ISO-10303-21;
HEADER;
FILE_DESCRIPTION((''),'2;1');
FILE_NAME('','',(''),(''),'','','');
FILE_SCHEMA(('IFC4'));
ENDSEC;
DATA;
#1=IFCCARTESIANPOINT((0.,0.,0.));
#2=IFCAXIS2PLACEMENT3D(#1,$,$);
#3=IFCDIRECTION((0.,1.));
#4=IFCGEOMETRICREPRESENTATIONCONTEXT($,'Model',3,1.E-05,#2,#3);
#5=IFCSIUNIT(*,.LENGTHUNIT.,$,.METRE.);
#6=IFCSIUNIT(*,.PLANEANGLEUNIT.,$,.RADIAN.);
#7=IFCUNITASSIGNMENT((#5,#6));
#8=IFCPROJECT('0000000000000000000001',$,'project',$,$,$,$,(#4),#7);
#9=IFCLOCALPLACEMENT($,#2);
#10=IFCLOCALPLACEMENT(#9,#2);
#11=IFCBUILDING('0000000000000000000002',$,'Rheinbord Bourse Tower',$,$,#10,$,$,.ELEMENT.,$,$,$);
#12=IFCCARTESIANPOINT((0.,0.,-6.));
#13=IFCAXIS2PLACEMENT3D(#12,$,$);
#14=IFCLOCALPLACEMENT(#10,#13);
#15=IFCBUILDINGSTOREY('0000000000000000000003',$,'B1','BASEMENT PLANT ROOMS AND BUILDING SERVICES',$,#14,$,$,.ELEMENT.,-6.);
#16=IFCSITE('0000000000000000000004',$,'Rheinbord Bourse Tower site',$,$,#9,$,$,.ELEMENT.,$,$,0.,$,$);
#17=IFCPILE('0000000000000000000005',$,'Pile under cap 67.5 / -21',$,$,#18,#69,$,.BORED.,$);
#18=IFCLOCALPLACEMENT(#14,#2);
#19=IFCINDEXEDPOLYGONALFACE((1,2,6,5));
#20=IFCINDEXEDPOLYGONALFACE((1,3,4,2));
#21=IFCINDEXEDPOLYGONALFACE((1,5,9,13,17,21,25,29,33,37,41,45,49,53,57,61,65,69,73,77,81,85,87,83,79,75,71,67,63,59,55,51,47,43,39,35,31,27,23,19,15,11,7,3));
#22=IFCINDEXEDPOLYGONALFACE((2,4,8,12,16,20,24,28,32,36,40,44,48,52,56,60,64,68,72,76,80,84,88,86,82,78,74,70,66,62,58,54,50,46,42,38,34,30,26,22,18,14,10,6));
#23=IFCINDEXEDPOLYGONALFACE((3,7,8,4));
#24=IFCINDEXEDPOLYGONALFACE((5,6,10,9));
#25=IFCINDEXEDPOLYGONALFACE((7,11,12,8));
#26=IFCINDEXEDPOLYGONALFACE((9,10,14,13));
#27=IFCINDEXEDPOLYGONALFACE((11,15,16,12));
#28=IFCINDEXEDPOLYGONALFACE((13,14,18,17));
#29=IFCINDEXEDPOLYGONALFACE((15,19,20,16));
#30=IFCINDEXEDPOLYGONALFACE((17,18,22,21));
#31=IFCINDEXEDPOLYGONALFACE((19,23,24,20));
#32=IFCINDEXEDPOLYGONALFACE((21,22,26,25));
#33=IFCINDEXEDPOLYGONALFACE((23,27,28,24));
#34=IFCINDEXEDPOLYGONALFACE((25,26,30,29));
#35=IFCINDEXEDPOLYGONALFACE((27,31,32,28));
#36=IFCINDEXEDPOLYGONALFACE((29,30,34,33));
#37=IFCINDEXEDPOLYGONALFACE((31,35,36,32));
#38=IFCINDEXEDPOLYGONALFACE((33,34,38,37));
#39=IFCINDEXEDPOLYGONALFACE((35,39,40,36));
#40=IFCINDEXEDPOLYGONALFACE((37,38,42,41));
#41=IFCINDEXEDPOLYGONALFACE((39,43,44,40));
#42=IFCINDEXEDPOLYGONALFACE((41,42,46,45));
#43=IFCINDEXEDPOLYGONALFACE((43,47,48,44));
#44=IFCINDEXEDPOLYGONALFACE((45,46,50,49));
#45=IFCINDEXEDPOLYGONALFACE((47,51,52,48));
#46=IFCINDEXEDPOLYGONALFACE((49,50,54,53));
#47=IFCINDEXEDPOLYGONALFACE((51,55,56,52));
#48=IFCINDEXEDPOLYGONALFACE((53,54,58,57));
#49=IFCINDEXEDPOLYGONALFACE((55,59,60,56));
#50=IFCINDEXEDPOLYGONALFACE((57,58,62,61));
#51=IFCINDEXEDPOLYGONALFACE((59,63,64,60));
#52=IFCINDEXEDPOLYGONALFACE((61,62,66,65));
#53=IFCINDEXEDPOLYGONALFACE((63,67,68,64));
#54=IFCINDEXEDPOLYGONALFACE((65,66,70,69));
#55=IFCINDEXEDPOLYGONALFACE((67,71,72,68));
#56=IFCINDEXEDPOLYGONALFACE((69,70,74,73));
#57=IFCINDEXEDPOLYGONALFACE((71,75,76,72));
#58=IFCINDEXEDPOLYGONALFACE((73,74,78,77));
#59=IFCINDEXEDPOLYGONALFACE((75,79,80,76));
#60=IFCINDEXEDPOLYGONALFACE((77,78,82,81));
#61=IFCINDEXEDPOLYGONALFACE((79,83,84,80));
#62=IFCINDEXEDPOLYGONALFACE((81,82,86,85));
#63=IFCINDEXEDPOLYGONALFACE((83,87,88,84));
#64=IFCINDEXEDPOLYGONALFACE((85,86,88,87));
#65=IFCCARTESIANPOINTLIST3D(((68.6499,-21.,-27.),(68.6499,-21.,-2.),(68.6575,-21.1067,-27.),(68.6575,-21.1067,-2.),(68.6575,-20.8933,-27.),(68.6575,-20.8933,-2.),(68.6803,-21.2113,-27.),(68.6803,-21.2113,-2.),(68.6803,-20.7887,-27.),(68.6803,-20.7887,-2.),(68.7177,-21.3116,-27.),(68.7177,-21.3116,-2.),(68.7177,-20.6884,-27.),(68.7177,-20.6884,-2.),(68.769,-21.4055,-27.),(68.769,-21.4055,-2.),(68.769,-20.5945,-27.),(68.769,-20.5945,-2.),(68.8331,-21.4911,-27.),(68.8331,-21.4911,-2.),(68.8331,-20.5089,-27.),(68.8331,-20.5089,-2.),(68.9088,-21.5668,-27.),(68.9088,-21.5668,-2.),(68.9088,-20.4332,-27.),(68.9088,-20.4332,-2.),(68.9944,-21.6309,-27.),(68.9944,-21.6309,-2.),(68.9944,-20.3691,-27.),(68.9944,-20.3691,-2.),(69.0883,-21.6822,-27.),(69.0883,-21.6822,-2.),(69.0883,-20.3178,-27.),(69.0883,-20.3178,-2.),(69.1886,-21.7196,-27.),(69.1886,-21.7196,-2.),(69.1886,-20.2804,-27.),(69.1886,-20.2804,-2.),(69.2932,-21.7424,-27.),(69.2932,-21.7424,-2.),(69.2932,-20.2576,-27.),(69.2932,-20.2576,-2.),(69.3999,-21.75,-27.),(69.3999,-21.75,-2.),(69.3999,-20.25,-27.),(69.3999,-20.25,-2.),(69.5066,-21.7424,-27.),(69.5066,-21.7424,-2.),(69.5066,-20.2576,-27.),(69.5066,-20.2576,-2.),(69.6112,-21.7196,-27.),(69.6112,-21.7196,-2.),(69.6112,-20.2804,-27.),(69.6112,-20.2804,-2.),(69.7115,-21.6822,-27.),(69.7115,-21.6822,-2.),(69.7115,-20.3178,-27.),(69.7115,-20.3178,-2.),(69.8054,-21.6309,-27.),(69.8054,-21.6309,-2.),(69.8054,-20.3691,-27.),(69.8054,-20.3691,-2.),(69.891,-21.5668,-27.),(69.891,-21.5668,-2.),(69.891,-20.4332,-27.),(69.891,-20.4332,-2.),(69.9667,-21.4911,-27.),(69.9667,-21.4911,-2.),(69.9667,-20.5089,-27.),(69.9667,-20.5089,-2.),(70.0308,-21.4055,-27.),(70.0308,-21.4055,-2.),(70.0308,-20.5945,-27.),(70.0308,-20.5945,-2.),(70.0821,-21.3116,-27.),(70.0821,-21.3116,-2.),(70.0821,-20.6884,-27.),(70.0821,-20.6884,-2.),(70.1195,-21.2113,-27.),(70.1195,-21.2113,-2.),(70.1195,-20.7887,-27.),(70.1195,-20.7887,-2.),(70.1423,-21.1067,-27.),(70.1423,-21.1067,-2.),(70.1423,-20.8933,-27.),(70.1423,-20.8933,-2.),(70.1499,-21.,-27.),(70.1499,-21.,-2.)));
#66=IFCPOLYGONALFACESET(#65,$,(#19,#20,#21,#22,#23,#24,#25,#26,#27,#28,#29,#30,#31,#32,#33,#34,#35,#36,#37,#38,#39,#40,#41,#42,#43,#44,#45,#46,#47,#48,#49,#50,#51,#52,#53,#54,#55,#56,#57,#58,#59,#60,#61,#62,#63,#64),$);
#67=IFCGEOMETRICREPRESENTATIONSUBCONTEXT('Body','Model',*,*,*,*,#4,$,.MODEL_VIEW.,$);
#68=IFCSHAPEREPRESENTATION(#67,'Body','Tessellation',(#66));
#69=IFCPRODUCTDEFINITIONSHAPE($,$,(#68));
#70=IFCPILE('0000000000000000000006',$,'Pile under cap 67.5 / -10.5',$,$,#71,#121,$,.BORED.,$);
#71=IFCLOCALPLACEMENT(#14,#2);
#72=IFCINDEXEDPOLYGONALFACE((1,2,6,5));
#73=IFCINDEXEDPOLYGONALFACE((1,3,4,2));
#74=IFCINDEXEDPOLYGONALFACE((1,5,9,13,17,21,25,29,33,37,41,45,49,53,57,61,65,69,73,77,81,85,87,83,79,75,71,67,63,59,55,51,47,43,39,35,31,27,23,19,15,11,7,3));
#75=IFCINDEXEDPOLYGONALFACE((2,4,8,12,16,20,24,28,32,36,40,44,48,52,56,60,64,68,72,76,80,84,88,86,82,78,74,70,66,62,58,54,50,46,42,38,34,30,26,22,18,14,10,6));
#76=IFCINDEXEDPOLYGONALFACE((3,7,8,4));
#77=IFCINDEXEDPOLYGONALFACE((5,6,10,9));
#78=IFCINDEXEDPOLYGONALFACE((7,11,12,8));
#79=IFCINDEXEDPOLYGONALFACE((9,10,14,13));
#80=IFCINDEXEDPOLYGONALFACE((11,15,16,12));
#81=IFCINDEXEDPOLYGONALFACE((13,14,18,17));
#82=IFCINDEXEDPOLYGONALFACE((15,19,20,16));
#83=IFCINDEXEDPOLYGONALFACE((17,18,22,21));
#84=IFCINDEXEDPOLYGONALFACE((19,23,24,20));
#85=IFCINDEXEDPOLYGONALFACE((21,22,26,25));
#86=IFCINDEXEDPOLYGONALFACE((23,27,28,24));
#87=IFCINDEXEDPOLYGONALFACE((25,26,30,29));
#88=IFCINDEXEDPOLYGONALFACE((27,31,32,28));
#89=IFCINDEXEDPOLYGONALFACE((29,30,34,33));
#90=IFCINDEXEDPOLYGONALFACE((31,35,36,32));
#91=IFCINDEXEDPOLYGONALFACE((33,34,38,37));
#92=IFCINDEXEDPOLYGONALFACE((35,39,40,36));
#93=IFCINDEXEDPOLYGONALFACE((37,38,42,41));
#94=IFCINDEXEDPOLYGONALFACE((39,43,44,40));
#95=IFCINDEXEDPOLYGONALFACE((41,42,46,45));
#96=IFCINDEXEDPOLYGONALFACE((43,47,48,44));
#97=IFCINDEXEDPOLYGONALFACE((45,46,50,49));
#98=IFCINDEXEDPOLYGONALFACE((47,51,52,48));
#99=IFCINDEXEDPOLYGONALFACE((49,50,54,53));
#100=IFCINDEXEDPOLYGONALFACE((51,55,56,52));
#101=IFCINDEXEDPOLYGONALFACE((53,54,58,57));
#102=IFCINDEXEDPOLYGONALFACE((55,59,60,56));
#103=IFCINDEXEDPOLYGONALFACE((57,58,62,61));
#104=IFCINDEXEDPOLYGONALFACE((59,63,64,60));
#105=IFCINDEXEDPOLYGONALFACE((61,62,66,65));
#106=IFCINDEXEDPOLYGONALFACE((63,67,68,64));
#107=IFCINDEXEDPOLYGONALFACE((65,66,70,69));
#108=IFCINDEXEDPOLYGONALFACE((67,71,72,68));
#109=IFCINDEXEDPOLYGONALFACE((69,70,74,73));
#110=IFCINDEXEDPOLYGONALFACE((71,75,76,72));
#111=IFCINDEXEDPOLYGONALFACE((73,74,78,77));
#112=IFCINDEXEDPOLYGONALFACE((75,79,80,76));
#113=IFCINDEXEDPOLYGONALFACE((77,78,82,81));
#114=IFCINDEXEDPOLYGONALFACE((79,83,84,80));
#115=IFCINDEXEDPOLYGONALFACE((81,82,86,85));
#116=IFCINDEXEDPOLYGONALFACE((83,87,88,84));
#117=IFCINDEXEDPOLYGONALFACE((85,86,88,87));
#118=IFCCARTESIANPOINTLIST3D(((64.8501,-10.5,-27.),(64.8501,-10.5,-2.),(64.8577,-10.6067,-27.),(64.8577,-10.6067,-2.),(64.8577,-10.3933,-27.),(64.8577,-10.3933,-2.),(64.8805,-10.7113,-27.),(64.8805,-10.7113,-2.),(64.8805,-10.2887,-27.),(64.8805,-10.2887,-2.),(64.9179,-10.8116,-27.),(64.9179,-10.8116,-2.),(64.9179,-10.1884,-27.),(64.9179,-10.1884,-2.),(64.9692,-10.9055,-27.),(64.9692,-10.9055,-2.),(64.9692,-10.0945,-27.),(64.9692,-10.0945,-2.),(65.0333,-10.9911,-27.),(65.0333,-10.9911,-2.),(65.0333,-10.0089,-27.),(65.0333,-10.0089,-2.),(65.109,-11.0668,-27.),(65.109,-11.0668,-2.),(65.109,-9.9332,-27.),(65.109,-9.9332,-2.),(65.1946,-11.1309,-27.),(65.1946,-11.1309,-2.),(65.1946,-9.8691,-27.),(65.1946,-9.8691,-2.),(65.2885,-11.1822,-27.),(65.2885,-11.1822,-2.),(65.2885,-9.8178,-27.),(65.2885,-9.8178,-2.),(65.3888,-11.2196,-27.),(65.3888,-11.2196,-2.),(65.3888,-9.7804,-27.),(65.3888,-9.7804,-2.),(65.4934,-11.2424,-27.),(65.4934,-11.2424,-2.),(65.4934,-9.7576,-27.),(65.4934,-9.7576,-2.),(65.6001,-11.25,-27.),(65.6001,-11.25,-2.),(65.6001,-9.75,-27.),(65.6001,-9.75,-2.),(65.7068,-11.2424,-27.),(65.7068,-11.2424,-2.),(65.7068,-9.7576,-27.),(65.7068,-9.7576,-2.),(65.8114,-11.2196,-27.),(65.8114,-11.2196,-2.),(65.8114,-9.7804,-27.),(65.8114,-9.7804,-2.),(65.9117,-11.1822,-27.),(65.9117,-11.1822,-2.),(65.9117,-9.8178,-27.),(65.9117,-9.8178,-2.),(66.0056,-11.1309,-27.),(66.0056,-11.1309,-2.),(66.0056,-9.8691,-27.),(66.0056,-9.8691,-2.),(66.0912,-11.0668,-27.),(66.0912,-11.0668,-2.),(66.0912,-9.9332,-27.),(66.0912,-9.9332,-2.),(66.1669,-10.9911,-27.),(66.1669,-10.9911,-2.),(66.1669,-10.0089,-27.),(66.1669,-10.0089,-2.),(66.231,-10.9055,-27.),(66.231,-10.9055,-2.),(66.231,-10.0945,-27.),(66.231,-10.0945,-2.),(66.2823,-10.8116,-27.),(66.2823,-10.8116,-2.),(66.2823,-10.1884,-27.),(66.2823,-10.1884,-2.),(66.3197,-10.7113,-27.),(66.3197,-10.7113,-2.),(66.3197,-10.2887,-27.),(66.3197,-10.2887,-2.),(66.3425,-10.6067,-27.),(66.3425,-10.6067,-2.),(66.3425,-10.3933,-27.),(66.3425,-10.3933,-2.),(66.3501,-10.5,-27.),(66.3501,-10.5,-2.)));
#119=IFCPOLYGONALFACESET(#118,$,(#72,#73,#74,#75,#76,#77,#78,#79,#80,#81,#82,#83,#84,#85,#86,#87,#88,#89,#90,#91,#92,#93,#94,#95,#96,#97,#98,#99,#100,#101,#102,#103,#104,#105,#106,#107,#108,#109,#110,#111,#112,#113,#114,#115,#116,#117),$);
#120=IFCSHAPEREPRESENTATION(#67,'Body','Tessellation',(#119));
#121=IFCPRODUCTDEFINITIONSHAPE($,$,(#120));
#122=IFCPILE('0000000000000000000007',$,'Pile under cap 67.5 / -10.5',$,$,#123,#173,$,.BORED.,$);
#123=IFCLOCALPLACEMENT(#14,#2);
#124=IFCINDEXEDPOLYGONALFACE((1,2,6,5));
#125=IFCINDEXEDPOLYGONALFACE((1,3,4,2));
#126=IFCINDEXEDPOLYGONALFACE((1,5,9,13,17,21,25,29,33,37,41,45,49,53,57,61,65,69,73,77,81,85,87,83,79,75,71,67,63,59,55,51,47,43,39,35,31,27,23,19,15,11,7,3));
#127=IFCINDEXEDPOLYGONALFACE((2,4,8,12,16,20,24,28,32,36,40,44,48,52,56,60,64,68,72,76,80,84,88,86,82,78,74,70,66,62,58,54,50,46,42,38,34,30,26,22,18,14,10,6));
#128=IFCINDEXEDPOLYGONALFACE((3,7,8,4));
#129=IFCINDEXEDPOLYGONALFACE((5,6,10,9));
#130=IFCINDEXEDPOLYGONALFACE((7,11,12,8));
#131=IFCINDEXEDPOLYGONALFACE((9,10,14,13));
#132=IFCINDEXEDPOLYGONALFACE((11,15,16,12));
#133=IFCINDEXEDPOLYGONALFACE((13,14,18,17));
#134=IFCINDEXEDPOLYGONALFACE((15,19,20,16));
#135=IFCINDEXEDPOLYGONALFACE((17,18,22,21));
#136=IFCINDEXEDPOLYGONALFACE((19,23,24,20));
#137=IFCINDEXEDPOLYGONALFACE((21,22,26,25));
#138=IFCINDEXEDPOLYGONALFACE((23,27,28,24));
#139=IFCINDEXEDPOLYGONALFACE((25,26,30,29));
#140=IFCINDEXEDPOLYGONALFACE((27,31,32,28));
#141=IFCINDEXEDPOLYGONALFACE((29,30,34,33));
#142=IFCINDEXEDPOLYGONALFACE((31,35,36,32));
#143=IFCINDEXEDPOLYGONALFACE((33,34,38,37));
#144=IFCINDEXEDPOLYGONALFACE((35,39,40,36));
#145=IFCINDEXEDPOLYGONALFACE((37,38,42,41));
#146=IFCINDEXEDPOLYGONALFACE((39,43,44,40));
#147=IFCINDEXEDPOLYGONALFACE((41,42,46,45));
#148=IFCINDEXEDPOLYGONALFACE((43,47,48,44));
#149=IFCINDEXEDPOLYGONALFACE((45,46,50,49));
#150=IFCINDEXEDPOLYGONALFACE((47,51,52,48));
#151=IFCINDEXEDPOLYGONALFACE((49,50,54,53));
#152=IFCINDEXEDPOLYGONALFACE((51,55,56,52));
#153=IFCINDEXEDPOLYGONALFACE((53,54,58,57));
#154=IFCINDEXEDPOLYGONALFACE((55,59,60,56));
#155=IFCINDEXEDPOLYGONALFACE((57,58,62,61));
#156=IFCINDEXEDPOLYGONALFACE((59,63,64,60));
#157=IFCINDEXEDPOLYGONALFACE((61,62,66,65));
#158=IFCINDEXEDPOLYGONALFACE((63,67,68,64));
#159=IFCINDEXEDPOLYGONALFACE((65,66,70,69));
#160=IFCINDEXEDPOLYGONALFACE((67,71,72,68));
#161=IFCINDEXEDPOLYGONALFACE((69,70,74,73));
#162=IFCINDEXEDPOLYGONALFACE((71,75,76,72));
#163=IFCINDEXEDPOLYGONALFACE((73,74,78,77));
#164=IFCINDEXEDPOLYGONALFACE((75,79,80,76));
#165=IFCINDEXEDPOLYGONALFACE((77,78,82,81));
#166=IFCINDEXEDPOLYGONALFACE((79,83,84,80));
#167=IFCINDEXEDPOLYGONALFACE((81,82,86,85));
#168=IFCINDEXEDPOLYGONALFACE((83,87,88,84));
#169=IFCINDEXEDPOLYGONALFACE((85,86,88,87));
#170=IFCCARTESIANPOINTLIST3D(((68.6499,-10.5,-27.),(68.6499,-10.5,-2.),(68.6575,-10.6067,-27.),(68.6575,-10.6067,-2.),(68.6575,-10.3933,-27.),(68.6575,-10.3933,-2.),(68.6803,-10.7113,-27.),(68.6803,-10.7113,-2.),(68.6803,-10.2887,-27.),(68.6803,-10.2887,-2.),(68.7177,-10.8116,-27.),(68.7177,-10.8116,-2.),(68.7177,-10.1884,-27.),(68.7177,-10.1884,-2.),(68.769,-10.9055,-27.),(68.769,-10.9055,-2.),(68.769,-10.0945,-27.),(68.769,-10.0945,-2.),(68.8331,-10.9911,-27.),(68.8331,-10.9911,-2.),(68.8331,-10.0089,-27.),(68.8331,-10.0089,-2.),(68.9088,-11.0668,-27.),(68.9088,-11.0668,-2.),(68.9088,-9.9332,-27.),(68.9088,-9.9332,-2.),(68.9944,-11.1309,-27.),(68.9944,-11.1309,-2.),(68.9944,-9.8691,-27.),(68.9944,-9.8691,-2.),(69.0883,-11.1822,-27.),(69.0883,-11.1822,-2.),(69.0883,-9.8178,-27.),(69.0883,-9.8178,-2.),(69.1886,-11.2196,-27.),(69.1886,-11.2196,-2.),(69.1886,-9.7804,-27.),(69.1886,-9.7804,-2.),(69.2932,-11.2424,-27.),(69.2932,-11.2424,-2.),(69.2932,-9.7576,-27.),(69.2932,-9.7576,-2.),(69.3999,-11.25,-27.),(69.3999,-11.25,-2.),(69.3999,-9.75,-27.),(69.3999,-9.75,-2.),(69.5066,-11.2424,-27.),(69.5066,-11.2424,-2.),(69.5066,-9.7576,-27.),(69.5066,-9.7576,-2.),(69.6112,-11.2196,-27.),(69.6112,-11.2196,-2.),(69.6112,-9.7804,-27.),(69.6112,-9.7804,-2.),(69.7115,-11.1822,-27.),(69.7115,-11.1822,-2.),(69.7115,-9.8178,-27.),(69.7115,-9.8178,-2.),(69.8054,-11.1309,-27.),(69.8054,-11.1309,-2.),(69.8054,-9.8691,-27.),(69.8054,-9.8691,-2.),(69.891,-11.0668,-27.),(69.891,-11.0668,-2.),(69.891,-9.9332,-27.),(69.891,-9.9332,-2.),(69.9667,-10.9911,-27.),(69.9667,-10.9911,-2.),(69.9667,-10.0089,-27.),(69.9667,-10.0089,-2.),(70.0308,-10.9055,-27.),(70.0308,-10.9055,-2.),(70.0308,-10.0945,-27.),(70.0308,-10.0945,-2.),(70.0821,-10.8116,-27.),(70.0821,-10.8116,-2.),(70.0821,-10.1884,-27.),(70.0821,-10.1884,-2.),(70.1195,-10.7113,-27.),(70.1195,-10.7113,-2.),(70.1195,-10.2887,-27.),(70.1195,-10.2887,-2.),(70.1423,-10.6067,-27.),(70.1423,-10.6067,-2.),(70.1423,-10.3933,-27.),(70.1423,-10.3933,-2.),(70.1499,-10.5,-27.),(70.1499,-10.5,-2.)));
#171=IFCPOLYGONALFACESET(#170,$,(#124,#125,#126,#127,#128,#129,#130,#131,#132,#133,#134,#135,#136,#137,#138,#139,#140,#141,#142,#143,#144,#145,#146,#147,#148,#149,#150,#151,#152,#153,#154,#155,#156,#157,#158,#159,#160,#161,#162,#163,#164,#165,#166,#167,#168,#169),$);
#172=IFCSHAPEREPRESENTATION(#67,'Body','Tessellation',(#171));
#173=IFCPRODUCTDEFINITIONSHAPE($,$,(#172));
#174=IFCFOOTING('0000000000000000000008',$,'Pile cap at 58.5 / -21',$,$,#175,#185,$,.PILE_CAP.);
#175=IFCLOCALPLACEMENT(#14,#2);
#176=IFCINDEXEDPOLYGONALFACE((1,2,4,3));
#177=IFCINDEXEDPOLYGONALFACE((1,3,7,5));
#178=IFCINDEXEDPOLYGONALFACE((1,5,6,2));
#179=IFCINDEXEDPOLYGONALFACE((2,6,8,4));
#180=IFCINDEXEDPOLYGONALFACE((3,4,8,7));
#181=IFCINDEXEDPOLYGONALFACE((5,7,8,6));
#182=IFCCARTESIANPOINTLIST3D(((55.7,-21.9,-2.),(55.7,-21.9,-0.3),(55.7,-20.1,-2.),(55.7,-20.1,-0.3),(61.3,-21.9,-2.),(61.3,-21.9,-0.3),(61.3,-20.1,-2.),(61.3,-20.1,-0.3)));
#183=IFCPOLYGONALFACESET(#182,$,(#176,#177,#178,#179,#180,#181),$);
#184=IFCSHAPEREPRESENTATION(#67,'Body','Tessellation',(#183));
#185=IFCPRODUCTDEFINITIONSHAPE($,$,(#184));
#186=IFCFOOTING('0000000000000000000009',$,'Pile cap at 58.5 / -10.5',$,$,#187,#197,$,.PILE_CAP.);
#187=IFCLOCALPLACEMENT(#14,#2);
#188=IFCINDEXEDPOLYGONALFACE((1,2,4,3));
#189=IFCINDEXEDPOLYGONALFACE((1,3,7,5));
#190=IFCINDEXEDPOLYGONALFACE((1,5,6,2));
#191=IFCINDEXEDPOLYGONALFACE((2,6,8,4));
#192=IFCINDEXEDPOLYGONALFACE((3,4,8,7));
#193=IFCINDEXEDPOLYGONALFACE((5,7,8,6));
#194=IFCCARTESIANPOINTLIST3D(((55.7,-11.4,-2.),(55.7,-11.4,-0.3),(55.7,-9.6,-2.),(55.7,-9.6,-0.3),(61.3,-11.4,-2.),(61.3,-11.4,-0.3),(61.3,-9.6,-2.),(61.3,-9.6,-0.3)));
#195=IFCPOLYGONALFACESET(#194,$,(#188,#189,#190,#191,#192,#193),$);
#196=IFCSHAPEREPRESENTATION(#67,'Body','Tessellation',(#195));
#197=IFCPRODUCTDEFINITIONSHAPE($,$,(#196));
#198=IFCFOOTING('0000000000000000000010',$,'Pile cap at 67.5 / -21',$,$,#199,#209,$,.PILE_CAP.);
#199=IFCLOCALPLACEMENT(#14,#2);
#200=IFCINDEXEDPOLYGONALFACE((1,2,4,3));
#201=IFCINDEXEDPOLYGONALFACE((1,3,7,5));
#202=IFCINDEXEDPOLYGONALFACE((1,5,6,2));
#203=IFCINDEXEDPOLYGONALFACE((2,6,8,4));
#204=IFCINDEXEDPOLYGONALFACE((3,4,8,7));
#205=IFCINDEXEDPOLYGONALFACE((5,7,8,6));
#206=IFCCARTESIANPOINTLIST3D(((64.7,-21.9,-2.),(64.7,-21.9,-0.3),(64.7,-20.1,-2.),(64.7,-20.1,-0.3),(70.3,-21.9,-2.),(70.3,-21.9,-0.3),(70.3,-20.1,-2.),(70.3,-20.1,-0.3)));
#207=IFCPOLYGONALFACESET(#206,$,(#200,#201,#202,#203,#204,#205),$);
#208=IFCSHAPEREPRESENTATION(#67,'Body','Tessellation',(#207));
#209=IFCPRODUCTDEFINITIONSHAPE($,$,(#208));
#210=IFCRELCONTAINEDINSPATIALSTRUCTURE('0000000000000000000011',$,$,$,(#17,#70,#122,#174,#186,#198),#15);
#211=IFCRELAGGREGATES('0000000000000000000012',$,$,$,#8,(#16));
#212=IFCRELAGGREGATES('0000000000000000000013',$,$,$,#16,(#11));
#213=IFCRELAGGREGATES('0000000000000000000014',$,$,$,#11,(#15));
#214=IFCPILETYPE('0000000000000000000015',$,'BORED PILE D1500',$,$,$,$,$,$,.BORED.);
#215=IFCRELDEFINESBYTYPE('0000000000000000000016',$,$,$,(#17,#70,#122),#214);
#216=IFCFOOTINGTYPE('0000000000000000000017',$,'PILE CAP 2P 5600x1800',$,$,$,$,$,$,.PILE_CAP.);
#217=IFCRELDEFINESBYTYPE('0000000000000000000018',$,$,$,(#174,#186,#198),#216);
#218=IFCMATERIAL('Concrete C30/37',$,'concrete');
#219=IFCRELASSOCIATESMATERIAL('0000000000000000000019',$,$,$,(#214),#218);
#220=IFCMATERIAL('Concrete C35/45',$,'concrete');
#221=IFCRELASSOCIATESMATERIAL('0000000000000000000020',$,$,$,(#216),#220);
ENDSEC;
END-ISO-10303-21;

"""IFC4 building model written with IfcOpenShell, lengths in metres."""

from ifc_helpers import new_model, si_unit, direction, frame, origin, origin_2d, place, context, subcontext, project, spatial, rectangle, circle, extrude, material, material_profile, profile_set, type_object, element, save


model = new_model("IFC4")

# Units and contexts
model_context = context("Model", 3, precision=1e-05, world=origin(), true_north=direction((0.0, 1.0)))
body_context = subcontext(model_context, "Body", "Model", "MODEL_VIEW")
ifc_project = project(units=[si_unit("LENGTHUNIT", "METRE"), si_unit("PLANEANGLEUNIT", "RADIAN")], contexts=[model_context])

# Site, building, storey
site_placement = place(None, origin())
site = spatial("IfcSite", under=ifc_project, at=site_placement, Name="Rheinbord Bourse Tower site", CompositionType="ELEMENT", RefElevation=0.0)
building_placement = place(site_placement, origin())
building = spatial("IfcBuilding", under=site, at=building_placement, Name="Rheinbord Bourse Tower", CompositionType="ELEMENT")
storey_placement = place(building_placement, frame((0.0, 0.0, -6.0)))
storey = spatial("IfcBuildingStorey", under=building, at=storey_placement, Name="B1", Description="BASEMENT PLANT ROOMS AND BUILDING SERVICES", CompositionType="ELEMENT", Elevation=-6.0)

# Piles
ifc_material_1 = material(Name="Concrete C30/37", Category="concrete")
ifc_material_profile_1 = material_profile(ifc_material_1, circle(Radius=0.75, at=origin_2d()), Name="D1500")
ifc_profile_set_1 = profile_set([ifc_material_profile_1], Name="Concrete C30/37")
pile_type = type_object("IfcPileType", Name="BORED PILE D1500", PredefinedType="BORED", material=ifc_profile_set_1)
for number, where, z_axis, x_axis, name in (
    (1, (69.3999, -21.0, -2.0), (0.0, 0.0, -1.0), (1.0, 0.0, 0.0), "Pile under cap 67.5 / -21"),
    (2, (65.6001, -10.5, -2.0), (0.0, 0.0, -1.0), (1.0, 0.0, 0.0), "Pile under cap 67.5 / -10.5"),
    (3, (69.3999, -10.5, -2.0), (0.0, 0.0, -1.0), (1.0, 0.0, 0.0), "Pile under cap 67.5 / -10.5"),
):
    element("IfcPile", number, at=place(storey_placement, frame(where, z_axis=z_axis, x_axis=x_axis)), inside=storey, type_object=pile_type, Name=name, PredefinedType="BORED", context=body_context, shape_type="SweptSolid", body=[
        extrude(circle(Radius=0.75, at=origin_2d()), origin(), (0.0, 0.0, 1.0), 25.0),
    ])

# Footings
ifc_material_2 = material(Name="Concrete C35/45", Category="concrete")
footing_type = type_object("IfcFootingType", Name="PILE CAP 2P 5600x1800", PredefinedType="PILE_CAP", material=ifc_material_2)
for number, where, z_axis, x_axis, name in (
    (4, (58.5, -21.0, -2.0), (0.0, 0.0, 1.0), (1.0, 0.0, 0.0), "Pile cap at 58.5 / -21"),
    (5, (58.5, -10.5, -2.0), (0.0, 0.0, 1.0), (1.0, 0.0, 0.0), "Pile cap at 58.5 / -10.5"),
    (6, (67.5, -21.0, -2.0), (0.0, 0.0, 1.0), (1.0, 0.0, 0.0), "Pile cap at 67.5 / -21"),
):
    element("IfcFooting", number, at=place(storey_placement, frame(where, z_axis=z_axis, x_axis=x_axis)), inside=storey, type_object=footing_type, Name=name, PredefinedType="PILE_CAP", context=body_context, shape_type="SweptSolid", body=[
        extrude(rectangle(XDim=5.6001, YDim=1.8, at=origin_2d()), origin(), (0.0, 0.0, 1.0), 1.7),
    ])

save(model, "model.ifc")
